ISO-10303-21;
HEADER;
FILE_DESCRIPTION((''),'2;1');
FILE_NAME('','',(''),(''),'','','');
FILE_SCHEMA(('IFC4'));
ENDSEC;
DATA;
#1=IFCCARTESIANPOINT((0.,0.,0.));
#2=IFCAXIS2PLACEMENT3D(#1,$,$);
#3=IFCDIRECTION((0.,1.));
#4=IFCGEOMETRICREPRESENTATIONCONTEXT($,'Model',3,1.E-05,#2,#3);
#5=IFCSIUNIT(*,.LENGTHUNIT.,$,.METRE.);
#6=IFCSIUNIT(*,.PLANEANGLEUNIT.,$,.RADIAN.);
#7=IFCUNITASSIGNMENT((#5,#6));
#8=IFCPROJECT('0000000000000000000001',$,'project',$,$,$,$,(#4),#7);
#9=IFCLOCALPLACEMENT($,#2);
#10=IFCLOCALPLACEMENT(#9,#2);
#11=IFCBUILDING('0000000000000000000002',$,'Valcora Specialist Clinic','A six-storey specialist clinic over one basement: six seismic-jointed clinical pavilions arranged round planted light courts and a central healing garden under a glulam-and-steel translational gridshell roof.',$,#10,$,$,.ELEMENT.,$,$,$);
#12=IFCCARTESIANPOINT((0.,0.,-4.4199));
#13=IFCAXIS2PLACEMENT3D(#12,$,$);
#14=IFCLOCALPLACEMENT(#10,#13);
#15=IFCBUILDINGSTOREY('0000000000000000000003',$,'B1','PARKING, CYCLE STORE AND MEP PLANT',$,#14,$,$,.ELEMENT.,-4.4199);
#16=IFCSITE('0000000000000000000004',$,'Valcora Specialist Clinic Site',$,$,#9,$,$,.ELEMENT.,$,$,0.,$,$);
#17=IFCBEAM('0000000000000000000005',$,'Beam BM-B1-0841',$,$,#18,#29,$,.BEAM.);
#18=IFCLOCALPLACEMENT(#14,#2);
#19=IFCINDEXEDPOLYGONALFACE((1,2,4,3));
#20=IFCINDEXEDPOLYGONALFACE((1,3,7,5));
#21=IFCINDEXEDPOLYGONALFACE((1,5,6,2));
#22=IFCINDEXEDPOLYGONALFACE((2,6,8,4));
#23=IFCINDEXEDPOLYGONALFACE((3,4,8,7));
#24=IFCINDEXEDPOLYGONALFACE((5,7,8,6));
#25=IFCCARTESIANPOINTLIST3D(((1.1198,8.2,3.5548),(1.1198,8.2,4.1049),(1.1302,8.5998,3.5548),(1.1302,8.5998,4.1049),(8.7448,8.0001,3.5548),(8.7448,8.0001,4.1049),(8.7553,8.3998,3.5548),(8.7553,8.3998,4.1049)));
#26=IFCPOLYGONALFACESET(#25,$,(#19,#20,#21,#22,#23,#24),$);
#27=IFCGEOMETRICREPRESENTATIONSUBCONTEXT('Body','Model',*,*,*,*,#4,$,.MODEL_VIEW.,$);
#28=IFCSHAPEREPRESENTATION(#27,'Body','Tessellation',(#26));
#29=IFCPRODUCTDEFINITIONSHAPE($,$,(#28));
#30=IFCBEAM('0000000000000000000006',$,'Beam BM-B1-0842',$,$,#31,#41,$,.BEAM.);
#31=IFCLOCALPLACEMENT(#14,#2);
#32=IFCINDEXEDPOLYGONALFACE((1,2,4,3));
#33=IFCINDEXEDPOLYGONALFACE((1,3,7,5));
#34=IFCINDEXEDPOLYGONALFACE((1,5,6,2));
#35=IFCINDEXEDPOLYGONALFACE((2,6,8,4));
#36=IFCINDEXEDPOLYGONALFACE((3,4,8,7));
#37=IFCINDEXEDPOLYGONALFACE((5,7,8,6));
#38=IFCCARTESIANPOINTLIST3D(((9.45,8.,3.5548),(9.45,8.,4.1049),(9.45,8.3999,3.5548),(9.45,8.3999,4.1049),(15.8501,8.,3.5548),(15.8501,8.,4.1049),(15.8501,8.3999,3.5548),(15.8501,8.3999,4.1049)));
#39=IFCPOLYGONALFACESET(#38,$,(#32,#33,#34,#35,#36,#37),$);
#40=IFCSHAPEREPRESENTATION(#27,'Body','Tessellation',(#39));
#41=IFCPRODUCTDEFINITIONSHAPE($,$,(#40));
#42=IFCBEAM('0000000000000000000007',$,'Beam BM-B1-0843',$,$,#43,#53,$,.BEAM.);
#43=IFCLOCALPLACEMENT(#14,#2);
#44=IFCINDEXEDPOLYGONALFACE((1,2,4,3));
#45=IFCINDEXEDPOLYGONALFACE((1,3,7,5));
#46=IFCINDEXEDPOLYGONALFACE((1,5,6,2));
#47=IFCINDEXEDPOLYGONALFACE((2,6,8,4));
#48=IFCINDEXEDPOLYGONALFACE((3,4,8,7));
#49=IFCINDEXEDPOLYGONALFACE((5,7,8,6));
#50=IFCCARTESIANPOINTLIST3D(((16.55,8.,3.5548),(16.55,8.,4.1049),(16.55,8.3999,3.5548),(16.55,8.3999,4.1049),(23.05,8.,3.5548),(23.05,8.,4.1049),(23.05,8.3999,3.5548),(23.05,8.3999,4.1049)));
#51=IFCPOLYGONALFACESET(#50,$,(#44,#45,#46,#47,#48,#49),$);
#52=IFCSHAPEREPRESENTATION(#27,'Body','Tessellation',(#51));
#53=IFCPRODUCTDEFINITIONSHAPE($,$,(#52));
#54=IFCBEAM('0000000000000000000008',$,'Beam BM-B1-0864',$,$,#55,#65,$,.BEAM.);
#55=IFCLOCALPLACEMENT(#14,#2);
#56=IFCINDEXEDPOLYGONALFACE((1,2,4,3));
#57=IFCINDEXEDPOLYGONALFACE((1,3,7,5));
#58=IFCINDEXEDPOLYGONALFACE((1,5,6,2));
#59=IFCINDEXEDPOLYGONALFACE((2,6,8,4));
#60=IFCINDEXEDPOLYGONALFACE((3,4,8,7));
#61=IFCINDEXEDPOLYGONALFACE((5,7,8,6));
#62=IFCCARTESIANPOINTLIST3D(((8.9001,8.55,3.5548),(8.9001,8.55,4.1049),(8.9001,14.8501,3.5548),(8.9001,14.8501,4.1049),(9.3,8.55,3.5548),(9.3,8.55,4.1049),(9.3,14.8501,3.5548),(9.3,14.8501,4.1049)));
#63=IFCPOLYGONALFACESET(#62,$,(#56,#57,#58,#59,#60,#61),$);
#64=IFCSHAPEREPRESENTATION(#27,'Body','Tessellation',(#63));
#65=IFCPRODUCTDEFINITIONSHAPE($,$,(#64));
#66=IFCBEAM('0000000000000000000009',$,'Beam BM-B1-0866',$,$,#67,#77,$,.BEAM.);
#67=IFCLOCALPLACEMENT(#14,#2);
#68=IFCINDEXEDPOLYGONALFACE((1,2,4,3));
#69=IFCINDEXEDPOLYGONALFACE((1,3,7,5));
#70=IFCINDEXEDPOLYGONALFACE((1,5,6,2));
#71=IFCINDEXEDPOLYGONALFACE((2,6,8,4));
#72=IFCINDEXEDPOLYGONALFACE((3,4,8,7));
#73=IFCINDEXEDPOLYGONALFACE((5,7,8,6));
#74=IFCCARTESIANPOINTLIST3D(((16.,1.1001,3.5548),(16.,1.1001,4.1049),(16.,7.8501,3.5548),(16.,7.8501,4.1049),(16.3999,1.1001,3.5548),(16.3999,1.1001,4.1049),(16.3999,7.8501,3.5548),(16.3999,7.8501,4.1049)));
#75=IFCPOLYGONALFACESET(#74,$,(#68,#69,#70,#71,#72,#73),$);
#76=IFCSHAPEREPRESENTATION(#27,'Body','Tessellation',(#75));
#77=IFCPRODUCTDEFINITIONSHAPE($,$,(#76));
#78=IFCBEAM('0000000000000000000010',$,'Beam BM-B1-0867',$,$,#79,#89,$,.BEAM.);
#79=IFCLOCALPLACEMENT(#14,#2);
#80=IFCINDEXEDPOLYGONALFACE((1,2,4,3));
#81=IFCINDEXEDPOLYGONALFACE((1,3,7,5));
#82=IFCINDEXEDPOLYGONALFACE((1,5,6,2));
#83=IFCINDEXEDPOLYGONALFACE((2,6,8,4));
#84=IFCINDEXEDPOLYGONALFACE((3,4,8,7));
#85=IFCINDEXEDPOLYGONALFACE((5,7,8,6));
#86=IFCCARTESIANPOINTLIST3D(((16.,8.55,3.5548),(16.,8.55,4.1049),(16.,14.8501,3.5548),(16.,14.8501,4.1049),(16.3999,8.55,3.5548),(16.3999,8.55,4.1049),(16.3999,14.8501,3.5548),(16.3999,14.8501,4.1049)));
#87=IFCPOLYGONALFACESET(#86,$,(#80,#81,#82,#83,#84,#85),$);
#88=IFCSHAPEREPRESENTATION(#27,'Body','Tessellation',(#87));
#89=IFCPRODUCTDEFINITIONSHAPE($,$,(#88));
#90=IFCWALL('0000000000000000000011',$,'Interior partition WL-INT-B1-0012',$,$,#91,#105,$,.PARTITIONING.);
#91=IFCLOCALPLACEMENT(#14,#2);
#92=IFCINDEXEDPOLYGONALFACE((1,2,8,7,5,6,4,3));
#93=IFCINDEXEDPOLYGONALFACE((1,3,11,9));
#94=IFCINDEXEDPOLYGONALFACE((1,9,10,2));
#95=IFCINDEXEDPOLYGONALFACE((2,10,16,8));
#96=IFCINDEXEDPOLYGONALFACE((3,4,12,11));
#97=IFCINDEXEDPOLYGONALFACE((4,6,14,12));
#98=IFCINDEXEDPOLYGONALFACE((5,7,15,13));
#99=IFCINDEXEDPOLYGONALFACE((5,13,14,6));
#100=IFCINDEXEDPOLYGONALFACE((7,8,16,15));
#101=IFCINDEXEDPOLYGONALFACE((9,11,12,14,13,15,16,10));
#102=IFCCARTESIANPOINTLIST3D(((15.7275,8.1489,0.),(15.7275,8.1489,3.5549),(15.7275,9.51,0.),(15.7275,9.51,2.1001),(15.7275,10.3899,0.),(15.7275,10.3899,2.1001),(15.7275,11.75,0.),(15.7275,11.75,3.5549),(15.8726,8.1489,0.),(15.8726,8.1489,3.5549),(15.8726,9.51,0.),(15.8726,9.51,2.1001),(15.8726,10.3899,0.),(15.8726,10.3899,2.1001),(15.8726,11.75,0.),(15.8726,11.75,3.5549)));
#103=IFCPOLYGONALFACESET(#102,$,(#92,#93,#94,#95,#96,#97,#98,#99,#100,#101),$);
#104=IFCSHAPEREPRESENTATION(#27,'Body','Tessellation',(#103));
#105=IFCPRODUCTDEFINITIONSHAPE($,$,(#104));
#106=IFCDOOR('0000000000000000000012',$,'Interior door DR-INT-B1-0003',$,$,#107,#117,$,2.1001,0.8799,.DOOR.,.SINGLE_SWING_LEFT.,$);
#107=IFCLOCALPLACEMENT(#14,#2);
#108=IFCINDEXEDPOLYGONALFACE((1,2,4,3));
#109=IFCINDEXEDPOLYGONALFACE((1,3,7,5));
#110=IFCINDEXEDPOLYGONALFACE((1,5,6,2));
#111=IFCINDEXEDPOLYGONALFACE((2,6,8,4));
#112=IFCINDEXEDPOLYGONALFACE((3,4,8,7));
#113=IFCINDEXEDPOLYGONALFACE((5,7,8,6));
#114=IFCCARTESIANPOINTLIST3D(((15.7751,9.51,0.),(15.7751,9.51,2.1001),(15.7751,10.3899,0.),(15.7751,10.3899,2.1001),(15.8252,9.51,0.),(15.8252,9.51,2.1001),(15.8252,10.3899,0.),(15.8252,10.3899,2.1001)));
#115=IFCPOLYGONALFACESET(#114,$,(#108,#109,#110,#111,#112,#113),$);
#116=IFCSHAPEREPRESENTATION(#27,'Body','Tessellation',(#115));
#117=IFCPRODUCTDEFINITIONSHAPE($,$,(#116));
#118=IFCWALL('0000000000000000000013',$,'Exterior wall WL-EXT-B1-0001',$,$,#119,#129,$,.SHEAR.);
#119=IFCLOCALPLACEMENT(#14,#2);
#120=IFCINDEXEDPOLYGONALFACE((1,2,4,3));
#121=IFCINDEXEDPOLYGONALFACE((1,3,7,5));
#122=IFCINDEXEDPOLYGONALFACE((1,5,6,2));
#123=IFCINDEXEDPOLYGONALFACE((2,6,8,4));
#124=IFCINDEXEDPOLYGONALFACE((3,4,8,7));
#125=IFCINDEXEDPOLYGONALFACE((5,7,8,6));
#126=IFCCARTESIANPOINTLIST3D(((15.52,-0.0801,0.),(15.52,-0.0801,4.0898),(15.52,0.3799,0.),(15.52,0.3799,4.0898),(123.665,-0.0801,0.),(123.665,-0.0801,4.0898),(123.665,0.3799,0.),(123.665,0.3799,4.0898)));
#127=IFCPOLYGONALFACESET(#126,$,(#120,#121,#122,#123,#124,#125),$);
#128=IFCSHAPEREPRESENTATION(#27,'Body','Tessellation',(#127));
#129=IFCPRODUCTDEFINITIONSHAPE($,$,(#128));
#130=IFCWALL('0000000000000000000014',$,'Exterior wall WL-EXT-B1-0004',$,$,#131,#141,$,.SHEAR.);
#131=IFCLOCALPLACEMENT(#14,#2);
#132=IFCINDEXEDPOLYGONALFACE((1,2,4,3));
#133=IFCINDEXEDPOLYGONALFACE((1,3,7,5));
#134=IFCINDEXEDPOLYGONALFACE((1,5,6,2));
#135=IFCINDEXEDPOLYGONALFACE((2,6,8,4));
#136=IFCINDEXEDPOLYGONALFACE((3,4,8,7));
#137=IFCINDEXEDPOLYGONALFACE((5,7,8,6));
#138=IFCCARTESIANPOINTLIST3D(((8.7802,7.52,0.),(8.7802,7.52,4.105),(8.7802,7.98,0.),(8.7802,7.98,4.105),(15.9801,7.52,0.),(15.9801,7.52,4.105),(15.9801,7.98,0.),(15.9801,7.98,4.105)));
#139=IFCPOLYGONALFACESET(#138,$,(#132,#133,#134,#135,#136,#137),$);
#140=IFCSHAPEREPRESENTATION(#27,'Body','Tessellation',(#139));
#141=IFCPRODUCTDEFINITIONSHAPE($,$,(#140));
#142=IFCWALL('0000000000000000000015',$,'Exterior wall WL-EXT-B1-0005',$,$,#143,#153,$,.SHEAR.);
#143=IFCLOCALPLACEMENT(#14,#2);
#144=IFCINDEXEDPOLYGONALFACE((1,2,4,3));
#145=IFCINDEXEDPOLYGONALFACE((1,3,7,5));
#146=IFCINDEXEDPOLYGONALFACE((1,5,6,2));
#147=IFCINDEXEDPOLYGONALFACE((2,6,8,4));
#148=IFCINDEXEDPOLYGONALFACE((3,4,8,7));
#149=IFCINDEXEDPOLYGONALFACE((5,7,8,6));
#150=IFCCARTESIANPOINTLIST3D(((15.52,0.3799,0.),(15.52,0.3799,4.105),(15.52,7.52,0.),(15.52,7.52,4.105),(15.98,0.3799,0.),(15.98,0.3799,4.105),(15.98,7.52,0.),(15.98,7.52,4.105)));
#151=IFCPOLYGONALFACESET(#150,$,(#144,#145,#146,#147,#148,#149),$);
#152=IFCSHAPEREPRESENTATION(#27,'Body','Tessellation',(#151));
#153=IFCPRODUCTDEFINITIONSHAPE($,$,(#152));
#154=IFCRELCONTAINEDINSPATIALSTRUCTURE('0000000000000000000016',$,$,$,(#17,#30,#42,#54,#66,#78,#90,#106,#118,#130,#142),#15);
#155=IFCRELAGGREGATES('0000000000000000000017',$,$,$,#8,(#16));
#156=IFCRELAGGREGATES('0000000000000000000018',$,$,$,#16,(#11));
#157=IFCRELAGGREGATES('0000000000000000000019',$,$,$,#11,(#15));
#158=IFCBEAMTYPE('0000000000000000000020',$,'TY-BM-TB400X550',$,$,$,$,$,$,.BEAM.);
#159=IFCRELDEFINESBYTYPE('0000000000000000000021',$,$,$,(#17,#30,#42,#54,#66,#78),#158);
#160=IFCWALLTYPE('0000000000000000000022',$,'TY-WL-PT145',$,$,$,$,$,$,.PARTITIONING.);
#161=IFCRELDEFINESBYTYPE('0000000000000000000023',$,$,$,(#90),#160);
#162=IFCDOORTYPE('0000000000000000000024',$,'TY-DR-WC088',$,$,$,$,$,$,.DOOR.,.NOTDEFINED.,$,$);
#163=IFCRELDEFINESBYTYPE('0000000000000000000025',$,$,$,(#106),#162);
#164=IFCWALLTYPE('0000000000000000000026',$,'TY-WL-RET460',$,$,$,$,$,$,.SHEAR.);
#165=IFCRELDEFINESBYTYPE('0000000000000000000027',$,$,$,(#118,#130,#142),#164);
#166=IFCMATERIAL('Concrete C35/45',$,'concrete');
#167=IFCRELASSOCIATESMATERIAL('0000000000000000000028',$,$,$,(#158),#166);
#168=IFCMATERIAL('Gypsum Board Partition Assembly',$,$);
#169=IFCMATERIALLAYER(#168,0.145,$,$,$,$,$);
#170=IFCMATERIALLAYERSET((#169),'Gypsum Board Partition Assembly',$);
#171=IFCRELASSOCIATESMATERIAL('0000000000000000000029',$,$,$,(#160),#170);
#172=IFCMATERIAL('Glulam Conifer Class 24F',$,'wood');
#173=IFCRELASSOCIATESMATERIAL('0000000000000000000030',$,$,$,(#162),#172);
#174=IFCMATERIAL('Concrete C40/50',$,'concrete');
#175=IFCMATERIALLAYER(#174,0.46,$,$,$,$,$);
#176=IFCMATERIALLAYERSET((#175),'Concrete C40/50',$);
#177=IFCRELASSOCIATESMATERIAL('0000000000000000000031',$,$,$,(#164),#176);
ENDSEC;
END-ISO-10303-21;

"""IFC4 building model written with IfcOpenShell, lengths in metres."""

from ifc_helpers import new_model, si_unit, direction, frame, frame_2d, origin, origin_2d, place, context, subcontext, project, spatial, rectangle, extrude, material, layer, layer_set, material_profile, profile_set, type_object, element, fill, save


model = new_model("IFC4")

# Units and contexts
model_context = context("Model", 3, precision=1e-05, world=origin(), true_north=direction((0.0, 1.0)))
body_context = subcontext(model_context, "Body", "Model", "MODEL_VIEW")
ifc_project = project(units=[si_unit("LENGTHUNIT", "METRE"), si_unit("PLANEANGLEUNIT", "RADIAN")], contexts=[model_context])

# Site, building, storey
site_placement = place(None, origin())
site = spatial("IfcSite", under=ifc_project, at=site_placement, Name="Valcora Specialist Clinic Site", CompositionType="ELEMENT", RefElevation=0.0)
building_placement = place(site_placement, origin())
building = spatial("IfcBuilding", under=site, at=building_placement, Name="Valcora Specialist Clinic", Description="A six-storey specialist clinic over one basement: six seismic-jointed clinical pavilions arranged round planted light courts and a central healing garden under a glulam-and-steel translational gridshell roof.", CompositionType="ELEMENT")
storey_placement = place(building_placement, frame((0.0, 0.0, -4.4199)))
storey = spatial("IfcBuildingStorey", under=building, at=storey_placement, Name="B1", Description="PARKING, CYCLE STORE AND MEP PLANT", CompositionType="ELEMENT", Elevation=-4.4199)

# Shared definitions
ifc_material_1 = material(Name="Concrete C35/45", Category="concrete")

# Shared definitions
ifc_material_2 = material(Name="Concrete C40/50", Category="concrete")

# Beams
ifc_material_profile_1 = material_profile(ifc_material_1, rectangle(XDim=0.3999, YDim=0.55, at=origin_2d()), Name="RC-TB-400X550")
ifc_profile_set_1 = profile_set([ifc_material_profile_1], Name="Concrete C35/45")
beam_type = type_object("IfcBeamType", Name="TY-BM-TB400X550", PredefinedType="BEAM", material=ifc_profile_set_1)
beam_1_placement = place(storey_placement, frame((1.125, 8.3999, 3.8298), z_axis=(0.999656, -0.026214, 0.0), x_axis=(0.026214, 0.999656, 0.0)))
element("IfcBeam", 1, at=beam_1_placement, inside=storey, type_object=beam_type, Name="Beam BM-B1-0841", PredefinedType="BEAM", context=body_context, shape_type="SweptSolid", body=[
    extrude(rectangle(XDim=0.3999, YDim=0.55, at=origin_2d()), origin(), (0.0, 0.0, 1.0), 7.6277),
])
beam_2_placement = place(storey_placement, frame((9.45, 8.2, 3.8298), z_axis=(1.0, 0.0, 0.0), x_axis=(0.0, 1.0, 0.0)))
element("IfcBeam", 2, at=beam_2_placement, inside=storey, type_object=beam_type, Name="Beam BM-B1-0842", PredefinedType="BEAM", context=body_context, shape_type="SweptSolid", body=[
    extrude(rectangle(XDim=0.3999, YDim=0.55, at=origin_2d()), origin(), (0.0, 0.0, 1.0), 6.4001),
])
beam_3_placement = place(storey_placement, frame((16.55, 8.2, 3.8298), z_axis=(1.0, 0.0, 0.0), x_axis=(0.0, 1.0, 0.0)))
element("IfcBeam", 3, at=beam_3_placement, inside=storey, type_object=beam_type, Name="Beam BM-B1-0843", PredefinedType="BEAM", context=body_context, shape_type="SweptSolid", body=[
    extrude(rectangle(XDim=0.3999, YDim=0.55, at=origin_2d()), origin(), (0.0, 0.0, 1.0), 6.5),
])
beam_4_placement = place(storey_placement, frame((9.1001, 8.55, 3.8298), z_axis=(0.0, 1.0, 0.0), x_axis=(-1.0, 0.0, 0.0)))
element("IfcBeam", 4, at=beam_4_placement, inside=storey, type_object=beam_type, Name="Beam BM-B1-0864", PredefinedType="BEAM", context=body_context, shape_type="SweptSolid", body=[
    extrude(rectangle(XDim=0.3999, YDim=0.55, at=origin_2d()), origin(), (0.0, 0.0, 1.0), 6.3),
])
beam_5_placement = place(storey_placement, frame((16.2, 1.1001, 3.8298), z_axis=(0.0, 1.0, 0.0), x_axis=(-1.0, 0.0, 0.0)))
element("IfcBeam", 5, at=beam_5_placement, inside=storey, type_object=beam_type, Name="Beam BM-B1-0866", PredefinedType="BEAM", context=body_context, shape_type="SweptSolid", body=[
    extrude(rectangle(XDim=0.3999, YDim=0.55, at=origin_2d()), origin(), (0.0, 0.0, 1.0), 6.75),
])
beam_6_placement = place(storey_placement, frame((16.2, 8.55, 3.8298), z_axis=(0.0, 1.0, 0.0), x_axis=(-1.0, 0.0, 0.0)))
element("IfcBeam", 6, at=beam_6_placement, inside=storey, type_object=beam_type, Name="Beam BM-B1-0867", PredefinedType="BEAM", context=body_context, shape_type="SweptSolid", body=[
    extrude(rectangle(XDim=0.3999, YDim=0.55, at=origin_2d()), origin(), (0.0, 0.0, 1.0), 6.3),
])

# Wall, opening, door
ifc_material_3 = material(Name="Gypsum Board Partition Assembly")
ifc_layer_1 = layer(ifc_material_3, 0.145)
ifc_layer_set_1 = layer_set([ifc_layer_1], Name="Gypsum Board Partition Assembly")
wall_type_1 = type_object("IfcWallType", Name="TY-WL-PT145", PredefinedType="PARTITIONING", material=ifc_layer_set_1)
wall_1_placement = place(storey_placement, frame((15.8, 8.1489, 0.0), z_axis=(0.0, 0.0, 1.0), x_axis=(0.0, 1.0, 0.0)))
wall_1 = element("IfcWall", 7, at=wall_1_placement, inside=storey, type_object=wall_type_1, Name="Interior partition WL-INT-B1-0012", PredefinedType="PARTITIONING", context=body_context, shape_type="SweptSolid", body=[
    extrude(rectangle(XDim=3.6011, YDim=0.145, at=frame_2d((1.8005, 0.0))), origin(), (0.0, 0.0, 1.0), 3.5549),
])
opening_placement = place(wall_1_placement, frame((1.3611, 0.0, 0.0)))
opening = element("IfcOpeningElement", 8, at=opening_placement, cuts=wall_1, PredefinedType="OPENING", context=body_context, shape_type="SweptSolid", body=[
    extrude(rectangle(XDim=0.8799, YDim=2.1001, at=frame_2d((0.4399, 1.05))), frame((0.0, 0.0825, 0.0), z_axis=(0.0, -1.0, 0.0), x_axis=(1.0, 0.0, 0.0)), (0.0, 0.0, 1.0), 0.165),
])
ifc_material_4 = material(Name="Glulam Conifer Class 24F", Category="wood")
door_type = type_object("IfcDoorType", Name="TY-DR-WC088", OperationType="NOTDEFINED", PredefinedType="DOOR", material=ifc_material_4)
door_placement = place(opening_placement, origin())
door = element("IfcDoor", 9, at=door_placement, inside=storey, type_object=door_type, Name="Interior door DR-INT-B1-0003", OperationType="SINGLE_SWING_LEFT", OverallHeight=2.1001, OverallWidth=0.8799, PredefinedType="DOOR", context=body_context, shape_type="SweptSolid", body=[
    extrude(rectangle(XDim=0.8799, YDim=2.1001, at=frame_2d((0.4399, 1.05))), frame((0.0, 0.0249, 0.0), z_axis=(0.0, -1.0, 0.0), x_axis=(1.0, 0.0, 0.0)), (0.0, 0.0, 1.0), 0.05),
])
fill(opening, door)

# Walls
ifc_layer_2 = layer(ifc_material_2, 0.46)
ifc_layer_set_2 = layer_set([ifc_layer_2], Name="Concrete C40/50")
wall_type_2 = type_object("IfcWallType", Name="TY-WL-RET460", PredefinedType="SHEAR", material=ifc_layer_set_2)
wall_2_placement = place(storey_placement, frame((15.52, 0.1499, 0.0), z_axis=(0.0, 0.0, 1.0), x_axis=(1.0, 0.0, 0.0)))
element("IfcWall", 10, at=wall_2_placement, inside=storey, type_object=wall_type_2, Name="Exterior wall WL-EXT-B1-0001", PredefinedType="SHEAR", context=body_context, shape_type="SweptSolid", body=[
    extrude(rectangle(XDim=108.145, YDim=0.46, at=frame_2d((54.0725, 0.0))), origin(), (0.0, 0.0, 1.0), 4.0898),
])
wall_3_placement = place(storey_placement, frame((8.78, 7.75, 0.0), z_axis=(0.0, 0.0, 1.0), x_axis=(1.0, 0.0, 0.0)))
element("IfcWall", 11, at=wall_3_placement, inside=storey, type_object=wall_type_2, Name="Exterior wall WL-EXT-B1-0004", PredefinedType="SHEAR", context=body_context, shape_type="SweptSolid", body=[
    extrude(rectangle(XDim=7.2, YDim=0.46, at=frame_2d((3.6001, 0.0))), origin(), (0.0, 0.0, 1.0), 4.105),
])
wall_4_placement = place(storey_placement, frame((15.75, 7.52, 0.0), z_axis=(0.0, 0.0, 1.0), x_axis=(0.0, -1.0, 0.0)))
element("IfcWall", 12, at=wall_4_placement, inside=storey, type_object=wall_type_2, Name="Exterior wall WL-EXT-B1-0005", PredefinedType="SHEAR", context=body_context, shape_type="SweptSolid", body=[
    extrude(rectangle(XDim=7.1401, YDim=0.46, at=frame_2d((3.5701, 0.0))), origin(), (0.0, 0.0, 1.0), 4.105),
])

save(model, "model.ifc")
